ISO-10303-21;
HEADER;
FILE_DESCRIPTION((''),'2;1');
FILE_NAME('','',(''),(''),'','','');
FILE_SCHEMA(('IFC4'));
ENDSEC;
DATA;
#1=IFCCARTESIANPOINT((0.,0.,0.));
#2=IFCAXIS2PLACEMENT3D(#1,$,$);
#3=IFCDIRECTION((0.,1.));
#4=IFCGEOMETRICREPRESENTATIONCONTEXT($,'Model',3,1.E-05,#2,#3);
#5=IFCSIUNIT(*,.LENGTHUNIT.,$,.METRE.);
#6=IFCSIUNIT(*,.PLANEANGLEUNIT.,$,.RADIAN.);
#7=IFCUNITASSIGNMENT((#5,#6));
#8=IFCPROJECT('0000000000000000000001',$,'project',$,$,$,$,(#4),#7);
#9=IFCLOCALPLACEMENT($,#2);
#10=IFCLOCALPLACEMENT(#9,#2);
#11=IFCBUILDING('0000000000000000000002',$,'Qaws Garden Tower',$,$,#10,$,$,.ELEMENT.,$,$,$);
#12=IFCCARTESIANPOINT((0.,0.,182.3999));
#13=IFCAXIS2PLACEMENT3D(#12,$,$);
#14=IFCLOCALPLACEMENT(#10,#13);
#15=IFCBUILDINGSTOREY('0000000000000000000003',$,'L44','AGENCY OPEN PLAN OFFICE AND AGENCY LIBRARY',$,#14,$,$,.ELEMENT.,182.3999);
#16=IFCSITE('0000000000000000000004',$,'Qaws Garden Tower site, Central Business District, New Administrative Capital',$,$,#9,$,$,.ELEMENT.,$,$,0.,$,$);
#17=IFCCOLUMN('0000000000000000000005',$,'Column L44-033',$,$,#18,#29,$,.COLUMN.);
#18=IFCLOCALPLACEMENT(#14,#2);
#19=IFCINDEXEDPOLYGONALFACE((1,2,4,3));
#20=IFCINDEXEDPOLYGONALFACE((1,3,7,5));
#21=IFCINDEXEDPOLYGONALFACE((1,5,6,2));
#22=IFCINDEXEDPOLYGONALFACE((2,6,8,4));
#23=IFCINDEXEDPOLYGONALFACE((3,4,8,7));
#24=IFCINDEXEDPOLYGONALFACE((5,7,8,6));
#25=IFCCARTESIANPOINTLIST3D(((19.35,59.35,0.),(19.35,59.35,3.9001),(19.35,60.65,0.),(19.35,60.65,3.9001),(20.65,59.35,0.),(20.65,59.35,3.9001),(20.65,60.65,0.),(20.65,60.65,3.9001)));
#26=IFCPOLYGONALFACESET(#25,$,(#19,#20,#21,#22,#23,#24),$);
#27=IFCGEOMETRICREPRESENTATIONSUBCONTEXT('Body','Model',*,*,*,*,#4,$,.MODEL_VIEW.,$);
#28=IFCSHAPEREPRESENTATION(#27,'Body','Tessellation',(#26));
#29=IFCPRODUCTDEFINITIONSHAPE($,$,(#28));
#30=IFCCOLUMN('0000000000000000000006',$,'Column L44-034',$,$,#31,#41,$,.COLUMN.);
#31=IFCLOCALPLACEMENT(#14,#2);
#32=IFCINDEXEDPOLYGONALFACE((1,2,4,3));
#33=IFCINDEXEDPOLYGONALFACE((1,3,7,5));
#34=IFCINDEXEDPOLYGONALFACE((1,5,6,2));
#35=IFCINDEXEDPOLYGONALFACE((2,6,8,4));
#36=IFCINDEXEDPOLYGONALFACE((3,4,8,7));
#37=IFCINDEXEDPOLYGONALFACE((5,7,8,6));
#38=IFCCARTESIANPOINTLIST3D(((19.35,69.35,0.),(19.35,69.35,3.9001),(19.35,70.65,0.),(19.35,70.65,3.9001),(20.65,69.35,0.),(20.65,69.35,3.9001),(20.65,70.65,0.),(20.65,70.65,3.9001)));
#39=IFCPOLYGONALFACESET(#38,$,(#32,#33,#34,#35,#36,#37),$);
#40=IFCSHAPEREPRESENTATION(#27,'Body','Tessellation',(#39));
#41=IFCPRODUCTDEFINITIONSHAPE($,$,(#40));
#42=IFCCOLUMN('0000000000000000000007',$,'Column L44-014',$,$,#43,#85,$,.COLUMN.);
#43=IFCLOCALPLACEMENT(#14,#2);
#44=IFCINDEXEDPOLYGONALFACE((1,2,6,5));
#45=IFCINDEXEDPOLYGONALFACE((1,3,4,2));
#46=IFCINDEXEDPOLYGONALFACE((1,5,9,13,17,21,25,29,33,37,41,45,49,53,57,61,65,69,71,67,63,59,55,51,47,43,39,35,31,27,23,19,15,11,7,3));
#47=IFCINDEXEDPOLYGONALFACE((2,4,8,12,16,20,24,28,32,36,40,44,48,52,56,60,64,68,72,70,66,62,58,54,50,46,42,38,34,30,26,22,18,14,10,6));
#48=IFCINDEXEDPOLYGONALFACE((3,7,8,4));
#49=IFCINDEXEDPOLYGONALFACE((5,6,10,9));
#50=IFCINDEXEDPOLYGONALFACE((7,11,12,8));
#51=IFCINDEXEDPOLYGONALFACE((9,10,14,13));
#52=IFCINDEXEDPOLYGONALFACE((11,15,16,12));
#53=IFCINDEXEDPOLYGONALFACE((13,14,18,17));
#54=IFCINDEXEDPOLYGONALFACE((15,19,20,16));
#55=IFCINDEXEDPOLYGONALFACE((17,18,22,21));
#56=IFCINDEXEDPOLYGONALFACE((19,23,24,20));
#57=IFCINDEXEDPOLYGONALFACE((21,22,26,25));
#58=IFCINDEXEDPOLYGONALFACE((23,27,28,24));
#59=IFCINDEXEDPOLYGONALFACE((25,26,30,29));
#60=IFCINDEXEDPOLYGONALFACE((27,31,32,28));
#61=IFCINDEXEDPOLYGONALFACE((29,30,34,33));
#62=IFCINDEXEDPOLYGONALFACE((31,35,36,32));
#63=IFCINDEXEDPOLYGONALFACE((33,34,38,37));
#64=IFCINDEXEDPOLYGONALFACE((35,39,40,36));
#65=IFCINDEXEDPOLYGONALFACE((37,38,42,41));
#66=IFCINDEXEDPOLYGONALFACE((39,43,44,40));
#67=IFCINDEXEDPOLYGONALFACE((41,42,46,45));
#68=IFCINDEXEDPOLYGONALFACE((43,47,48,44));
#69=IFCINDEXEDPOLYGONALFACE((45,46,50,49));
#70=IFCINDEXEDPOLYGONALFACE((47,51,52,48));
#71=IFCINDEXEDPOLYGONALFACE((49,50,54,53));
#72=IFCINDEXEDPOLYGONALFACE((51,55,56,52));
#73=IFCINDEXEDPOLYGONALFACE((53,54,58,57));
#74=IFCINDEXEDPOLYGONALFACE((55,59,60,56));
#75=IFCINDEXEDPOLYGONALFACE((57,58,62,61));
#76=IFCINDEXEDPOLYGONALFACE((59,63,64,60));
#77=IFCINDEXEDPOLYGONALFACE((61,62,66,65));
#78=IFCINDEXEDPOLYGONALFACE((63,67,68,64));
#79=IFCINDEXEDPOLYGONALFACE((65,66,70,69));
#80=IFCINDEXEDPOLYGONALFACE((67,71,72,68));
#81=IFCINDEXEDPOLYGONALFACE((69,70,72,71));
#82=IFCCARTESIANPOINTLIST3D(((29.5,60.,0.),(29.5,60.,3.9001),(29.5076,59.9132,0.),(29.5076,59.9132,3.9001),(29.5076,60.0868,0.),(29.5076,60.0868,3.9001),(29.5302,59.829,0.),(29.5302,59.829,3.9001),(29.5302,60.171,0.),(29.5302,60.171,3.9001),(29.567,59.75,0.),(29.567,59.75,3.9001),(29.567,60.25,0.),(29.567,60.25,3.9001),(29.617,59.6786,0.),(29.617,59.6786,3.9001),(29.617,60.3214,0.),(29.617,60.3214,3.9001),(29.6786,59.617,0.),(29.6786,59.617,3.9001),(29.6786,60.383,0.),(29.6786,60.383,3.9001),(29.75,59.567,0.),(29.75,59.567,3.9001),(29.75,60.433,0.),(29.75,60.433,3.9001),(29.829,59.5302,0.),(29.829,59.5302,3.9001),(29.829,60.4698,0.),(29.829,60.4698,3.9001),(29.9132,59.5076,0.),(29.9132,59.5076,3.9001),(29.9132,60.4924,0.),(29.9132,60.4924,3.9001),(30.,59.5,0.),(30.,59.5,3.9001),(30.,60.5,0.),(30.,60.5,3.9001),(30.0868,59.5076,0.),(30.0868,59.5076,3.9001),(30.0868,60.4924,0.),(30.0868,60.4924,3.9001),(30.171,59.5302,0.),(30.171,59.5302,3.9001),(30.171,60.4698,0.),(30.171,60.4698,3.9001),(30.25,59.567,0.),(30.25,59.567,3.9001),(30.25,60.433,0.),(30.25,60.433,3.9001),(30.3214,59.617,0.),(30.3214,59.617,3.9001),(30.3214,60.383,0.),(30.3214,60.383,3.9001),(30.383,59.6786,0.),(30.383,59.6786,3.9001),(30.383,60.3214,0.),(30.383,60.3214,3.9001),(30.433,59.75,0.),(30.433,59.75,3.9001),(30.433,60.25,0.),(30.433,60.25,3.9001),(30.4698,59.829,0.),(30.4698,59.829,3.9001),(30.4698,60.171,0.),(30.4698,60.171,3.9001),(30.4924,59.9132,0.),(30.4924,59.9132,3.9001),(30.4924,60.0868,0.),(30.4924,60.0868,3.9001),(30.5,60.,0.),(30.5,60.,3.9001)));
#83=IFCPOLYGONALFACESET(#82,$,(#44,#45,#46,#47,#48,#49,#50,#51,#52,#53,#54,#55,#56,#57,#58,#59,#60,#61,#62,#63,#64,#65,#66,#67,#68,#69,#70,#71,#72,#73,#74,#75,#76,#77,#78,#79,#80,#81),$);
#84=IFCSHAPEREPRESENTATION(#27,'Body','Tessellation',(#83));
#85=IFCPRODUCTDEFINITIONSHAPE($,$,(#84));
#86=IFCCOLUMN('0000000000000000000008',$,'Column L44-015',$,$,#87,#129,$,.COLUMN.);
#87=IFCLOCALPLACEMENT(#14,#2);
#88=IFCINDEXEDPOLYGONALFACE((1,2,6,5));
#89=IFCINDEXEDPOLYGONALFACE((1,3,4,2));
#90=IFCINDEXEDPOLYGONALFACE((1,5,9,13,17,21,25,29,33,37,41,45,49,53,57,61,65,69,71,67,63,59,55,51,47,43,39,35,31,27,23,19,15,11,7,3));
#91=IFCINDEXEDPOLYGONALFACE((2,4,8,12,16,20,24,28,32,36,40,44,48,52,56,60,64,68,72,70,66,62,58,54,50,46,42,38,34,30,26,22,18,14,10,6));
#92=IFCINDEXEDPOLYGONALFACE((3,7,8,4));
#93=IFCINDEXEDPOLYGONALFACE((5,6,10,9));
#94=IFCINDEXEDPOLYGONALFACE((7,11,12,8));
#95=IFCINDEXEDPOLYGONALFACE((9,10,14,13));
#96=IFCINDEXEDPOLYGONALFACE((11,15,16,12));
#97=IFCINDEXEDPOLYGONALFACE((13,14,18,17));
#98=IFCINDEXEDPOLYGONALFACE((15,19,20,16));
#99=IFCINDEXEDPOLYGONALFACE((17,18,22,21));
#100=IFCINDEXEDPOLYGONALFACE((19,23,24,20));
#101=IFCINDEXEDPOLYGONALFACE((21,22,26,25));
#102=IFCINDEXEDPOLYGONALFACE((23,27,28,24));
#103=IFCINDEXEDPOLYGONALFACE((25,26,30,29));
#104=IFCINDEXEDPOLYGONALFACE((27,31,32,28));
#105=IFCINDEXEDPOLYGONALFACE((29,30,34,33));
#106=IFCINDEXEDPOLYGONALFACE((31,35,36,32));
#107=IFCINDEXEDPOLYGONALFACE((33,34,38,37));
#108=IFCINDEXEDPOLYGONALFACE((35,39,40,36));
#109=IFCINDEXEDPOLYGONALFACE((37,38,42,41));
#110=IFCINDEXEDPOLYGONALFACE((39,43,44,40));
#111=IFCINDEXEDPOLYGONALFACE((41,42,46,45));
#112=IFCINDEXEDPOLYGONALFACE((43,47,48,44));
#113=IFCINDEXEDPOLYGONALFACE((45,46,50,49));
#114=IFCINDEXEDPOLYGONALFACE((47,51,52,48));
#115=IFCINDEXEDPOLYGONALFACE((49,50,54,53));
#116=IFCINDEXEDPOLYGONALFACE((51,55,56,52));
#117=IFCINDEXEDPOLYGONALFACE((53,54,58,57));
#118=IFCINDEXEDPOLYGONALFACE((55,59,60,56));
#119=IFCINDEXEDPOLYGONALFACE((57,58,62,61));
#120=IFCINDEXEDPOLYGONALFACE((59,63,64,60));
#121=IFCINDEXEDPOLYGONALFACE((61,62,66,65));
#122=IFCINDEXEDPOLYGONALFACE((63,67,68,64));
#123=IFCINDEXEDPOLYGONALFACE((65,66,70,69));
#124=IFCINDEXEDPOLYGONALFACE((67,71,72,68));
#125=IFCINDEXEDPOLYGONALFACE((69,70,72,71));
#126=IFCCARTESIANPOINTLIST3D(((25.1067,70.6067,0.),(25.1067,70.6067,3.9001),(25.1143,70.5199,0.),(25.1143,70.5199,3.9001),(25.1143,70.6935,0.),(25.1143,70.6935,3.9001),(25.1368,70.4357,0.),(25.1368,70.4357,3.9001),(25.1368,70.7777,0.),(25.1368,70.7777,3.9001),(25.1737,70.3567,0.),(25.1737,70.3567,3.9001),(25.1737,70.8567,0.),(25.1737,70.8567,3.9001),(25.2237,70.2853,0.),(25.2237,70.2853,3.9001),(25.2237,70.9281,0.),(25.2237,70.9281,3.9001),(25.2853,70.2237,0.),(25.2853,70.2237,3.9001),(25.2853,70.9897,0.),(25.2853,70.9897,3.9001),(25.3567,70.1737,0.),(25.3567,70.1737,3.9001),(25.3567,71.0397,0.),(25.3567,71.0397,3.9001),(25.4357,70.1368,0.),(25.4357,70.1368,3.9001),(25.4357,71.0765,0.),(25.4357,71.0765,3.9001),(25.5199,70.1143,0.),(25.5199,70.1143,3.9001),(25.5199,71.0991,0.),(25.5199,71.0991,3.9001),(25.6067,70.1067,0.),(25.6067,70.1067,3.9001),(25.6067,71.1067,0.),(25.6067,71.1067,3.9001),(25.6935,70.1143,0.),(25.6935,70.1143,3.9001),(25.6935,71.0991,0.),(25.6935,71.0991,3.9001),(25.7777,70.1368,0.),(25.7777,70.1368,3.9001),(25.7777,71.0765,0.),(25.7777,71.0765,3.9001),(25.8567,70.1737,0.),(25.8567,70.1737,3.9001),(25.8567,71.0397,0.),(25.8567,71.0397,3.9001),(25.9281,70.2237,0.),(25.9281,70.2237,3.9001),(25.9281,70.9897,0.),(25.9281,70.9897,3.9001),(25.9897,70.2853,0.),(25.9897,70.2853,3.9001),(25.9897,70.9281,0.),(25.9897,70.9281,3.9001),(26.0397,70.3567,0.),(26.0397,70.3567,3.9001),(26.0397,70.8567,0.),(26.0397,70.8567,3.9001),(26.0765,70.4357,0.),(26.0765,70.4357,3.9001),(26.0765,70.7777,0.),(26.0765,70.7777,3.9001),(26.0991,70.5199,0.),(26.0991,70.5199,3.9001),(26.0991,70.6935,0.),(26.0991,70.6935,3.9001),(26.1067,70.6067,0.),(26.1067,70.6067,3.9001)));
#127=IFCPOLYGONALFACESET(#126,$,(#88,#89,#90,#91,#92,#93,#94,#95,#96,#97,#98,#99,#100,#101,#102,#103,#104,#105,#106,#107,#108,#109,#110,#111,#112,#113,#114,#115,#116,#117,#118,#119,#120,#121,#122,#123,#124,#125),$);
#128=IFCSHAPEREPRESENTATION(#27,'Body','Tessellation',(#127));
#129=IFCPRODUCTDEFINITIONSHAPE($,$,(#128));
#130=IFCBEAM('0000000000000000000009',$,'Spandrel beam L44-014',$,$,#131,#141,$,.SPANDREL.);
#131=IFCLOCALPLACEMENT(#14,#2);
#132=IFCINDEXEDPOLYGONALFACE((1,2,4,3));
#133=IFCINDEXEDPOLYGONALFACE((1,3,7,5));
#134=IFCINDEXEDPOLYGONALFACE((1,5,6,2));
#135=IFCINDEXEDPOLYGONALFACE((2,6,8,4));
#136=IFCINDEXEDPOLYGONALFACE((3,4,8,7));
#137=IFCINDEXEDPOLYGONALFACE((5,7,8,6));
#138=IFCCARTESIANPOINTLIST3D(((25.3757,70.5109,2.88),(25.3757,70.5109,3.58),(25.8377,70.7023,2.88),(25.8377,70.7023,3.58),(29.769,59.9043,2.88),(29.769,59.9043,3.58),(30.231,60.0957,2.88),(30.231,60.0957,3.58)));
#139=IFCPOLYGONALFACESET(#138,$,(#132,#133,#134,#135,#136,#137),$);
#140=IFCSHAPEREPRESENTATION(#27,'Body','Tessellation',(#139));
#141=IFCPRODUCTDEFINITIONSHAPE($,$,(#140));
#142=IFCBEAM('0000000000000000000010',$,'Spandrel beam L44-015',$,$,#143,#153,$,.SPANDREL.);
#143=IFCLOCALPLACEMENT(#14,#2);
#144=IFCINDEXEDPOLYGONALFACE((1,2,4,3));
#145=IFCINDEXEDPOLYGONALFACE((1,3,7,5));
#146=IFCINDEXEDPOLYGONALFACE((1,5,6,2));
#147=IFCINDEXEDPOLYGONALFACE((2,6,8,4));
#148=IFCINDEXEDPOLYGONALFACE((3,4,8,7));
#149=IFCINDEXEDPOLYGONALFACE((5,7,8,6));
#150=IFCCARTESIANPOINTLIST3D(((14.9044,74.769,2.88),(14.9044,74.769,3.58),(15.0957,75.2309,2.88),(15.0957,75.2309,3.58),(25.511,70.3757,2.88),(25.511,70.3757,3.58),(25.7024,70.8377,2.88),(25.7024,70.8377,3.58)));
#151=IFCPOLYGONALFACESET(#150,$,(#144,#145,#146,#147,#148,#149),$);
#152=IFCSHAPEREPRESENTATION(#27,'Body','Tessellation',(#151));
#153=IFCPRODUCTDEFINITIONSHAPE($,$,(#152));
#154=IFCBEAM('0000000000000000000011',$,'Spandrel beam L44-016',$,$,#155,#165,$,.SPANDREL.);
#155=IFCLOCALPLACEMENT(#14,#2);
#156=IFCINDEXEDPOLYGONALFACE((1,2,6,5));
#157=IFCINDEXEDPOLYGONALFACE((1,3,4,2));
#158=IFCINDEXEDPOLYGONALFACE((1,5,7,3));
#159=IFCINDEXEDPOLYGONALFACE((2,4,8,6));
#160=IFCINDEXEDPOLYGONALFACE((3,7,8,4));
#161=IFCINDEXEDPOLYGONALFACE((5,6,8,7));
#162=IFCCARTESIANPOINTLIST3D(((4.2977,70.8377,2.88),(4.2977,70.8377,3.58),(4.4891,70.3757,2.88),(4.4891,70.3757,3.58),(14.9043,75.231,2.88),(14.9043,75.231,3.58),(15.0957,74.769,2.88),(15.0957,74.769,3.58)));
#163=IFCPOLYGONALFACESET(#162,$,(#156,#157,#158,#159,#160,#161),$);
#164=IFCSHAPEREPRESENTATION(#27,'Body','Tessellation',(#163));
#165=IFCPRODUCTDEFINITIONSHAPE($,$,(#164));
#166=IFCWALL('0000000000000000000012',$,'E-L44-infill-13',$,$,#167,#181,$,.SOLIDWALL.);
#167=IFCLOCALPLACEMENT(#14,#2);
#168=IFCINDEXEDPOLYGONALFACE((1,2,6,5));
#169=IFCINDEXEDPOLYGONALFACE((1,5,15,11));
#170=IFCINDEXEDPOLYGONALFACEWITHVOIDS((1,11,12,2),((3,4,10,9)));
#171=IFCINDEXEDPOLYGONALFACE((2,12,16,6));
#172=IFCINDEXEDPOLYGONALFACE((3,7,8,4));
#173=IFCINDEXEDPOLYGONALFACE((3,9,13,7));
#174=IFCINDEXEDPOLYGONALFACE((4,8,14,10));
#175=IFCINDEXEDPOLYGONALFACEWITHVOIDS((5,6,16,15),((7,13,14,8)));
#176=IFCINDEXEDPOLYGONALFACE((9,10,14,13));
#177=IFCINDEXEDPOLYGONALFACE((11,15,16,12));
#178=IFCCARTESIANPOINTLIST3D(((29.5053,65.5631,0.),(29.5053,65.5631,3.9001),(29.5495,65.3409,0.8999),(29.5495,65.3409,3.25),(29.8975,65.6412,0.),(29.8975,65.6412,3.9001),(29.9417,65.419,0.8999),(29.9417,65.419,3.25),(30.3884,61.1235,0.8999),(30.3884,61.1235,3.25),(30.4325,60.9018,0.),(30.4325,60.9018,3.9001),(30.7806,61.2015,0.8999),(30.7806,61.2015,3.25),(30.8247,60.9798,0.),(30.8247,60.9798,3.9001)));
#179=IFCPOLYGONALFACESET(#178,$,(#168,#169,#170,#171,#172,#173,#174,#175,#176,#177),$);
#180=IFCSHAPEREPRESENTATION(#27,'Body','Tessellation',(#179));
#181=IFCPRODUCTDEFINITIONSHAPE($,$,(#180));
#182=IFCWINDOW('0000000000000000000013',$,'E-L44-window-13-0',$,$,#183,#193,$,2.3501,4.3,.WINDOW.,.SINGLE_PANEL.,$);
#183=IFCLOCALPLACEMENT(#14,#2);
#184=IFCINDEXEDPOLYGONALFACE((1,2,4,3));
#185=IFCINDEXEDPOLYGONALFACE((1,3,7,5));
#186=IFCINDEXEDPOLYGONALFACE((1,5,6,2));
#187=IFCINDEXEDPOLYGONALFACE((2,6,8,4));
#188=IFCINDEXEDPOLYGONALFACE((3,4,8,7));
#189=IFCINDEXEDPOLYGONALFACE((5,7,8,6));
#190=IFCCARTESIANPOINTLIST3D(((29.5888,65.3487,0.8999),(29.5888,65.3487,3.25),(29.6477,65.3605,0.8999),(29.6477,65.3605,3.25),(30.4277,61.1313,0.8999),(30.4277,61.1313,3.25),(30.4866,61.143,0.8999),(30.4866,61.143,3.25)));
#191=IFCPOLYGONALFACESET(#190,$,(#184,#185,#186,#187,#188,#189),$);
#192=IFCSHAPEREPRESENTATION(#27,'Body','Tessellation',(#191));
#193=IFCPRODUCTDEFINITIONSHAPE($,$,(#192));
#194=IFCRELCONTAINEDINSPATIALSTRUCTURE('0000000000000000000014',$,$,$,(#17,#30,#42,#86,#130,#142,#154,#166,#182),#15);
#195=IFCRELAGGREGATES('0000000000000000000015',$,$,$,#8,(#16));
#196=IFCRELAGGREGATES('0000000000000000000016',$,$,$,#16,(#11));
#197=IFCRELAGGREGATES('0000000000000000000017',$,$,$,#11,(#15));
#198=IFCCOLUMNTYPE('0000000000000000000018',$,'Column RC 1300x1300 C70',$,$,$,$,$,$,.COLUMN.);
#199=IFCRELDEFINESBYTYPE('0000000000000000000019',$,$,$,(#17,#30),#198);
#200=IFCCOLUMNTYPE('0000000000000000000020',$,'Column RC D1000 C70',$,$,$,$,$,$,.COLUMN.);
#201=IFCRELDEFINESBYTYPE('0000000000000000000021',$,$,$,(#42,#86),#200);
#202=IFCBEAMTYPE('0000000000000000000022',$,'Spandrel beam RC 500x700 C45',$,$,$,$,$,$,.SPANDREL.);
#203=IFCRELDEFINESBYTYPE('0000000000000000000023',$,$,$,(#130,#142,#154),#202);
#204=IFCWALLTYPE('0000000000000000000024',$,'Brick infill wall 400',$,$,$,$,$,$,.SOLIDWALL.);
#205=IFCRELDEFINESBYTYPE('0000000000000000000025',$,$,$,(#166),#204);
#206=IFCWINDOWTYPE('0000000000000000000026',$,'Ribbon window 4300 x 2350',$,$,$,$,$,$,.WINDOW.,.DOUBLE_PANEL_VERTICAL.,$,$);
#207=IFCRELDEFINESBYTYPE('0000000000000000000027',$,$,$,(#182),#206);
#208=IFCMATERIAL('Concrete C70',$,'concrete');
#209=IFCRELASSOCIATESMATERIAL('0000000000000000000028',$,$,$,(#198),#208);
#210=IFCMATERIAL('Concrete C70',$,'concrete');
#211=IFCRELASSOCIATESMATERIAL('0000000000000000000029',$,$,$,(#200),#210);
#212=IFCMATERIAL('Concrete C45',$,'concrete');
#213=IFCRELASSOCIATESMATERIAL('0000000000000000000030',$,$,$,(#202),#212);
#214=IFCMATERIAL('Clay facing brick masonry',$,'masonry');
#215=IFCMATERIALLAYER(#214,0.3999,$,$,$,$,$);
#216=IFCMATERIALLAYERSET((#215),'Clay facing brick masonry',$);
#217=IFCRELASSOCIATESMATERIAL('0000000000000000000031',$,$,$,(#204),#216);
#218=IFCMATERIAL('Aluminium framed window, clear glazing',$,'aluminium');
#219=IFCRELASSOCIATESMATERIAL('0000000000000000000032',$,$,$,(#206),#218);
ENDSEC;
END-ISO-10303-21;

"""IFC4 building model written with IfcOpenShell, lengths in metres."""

from ifc_helpers import new_model, si_unit, direction, frame, frame_2d, origin, origin_2d, place, context, subcontext, project, spatial, rectangle, circle, extrude, material, layer, layer_set, material_profile, profile_set, type_object, element, fill, save


model = new_model("IFC4")

# Units and contexts
model_context = context("Model", 3, precision=1e-05, world=origin(), true_north=direction((0.0, 1.0)))
body_context = subcontext(model_context, "Body", "Model", "MODEL_VIEW")
ifc_project = project(units=[si_unit("LENGTHUNIT", "METRE"), si_unit("PLANEANGLEUNIT", "RADIAN")], contexts=[model_context])

# Site, building, storey
site_placement = place(None, origin())
site = spatial("IfcSite", under=ifc_project, at=site_placement, Name="Qaws Garden Tower site, Central Business District, New Administrative Capital", CompositionType="ELEMENT", RefElevation=0.0)
building_placement = place(site_placement, origin())
building = spatial("IfcBuilding", under=site, at=building_placement, Name="Qaws Garden Tower", CompositionType="ELEMENT")
storey_placement = place(building_placement, frame((0.0, 0.0, 182.3999)))
storey = spatial("IfcBuildingStorey", under=building, at=storey_placement, Name="L44", Description="AGENCY OPEN PLAN OFFICE AND AGENCY LIBRARY", CompositionType="ELEMENT", Elevation=182.3999)

# Columns
ifc_material_1 = material(Name="Concrete C70", Category="concrete")
ifc_material_profile_1 = material_profile(ifc_material_1, rectangle(XDim=1.3, YDim=1.3, at=origin_2d()), Name="RC 1300x1300")
ifc_profile_set_1 = profile_set([ifc_material_profile_1], Name="Concrete C70")
column_type_1 = type_object("IfcColumnType", Name="Column RC 1300x1300 C70", PredefinedType="COLUMN", material=ifc_profile_set_1)
for number, where, z_axis, x_axis, name in (
    (1, (20.0, 60.0, 0.0), (0.0, 0.0, 1.0), (1.0, 0.0, 0.0), "Column L44-033"),
    (2, (20.0, 70.0, 0.0), (0.0, 0.0, 1.0), (1.0, 0.0, 0.0), "Column L44-034"),
):
    element("IfcColumn", number, at=place(storey_placement, frame(where, z_axis=z_axis, x_axis=x_axis)), inside=storey, type_object=column_type_1, Name=name, PredefinedType="COLUMN", context=body_context, shape_type="SweptSolid", body=[
        extrude(rectangle(XDim=1.3, YDim=1.3, at=origin_2d()), origin(), (0.0, 0.0, 1.0), 3.9001),
    ])
ifc_material_2 = material(Name="Concrete C70", Category="concrete")
ifc_material_profile_2 = material_profile(ifc_material_2, circle(Radius=0.5, at=origin_2d()), Name="RC D1000")
ifc_profile_set_2 = profile_set([ifc_material_profile_2], Name="Concrete C70")
column_type_2 = type_object("IfcColumnType", Name="Column RC D1000 C70", PredefinedType="COLUMN", material=ifc_profile_set_2)
for number, where, z_axis, x_axis, name in (
    (3, (30.0, 60.0, 0.0), (0.0, 0.0, 1.0), (1.0, 0.0, 0.0), "Column L44-014"),
    (4, (25.6067, 70.6067, 0.0), (0.0, 0.0, 1.0), (1.0, 0.0, 0.0), "Column L44-015"),
):
    element("IfcColumn", number, at=place(storey_placement, frame(where, z_axis=z_axis, x_axis=x_axis)), inside=storey, type_object=column_type_2, Name=name, PredefinedType="COLUMN", context=body_context, shape_type="SweptSolid", body=[
        extrude(circle(Radius=0.5, at=origin_2d()), origin(), (0.0, 0.0, 1.0), 3.9001),
    ])

# Beams
ifc_material_3 = material(Name="Concrete C45", Category="concrete")
ifc_material_profile_3 = material_profile(ifc_material_3, rectangle(XDim=0.5, YDim=0.7, at=origin_2d()), Name="RC 500x700")
ifc_profile_set_3 = profile_set([ifc_material_profile_3], Name="Concrete C45")
beam_type = type_object("IfcBeamType", Name="Spandrel beam RC 500x700 C45", PredefinedType="SPANDREL", material=ifc_profile_set_3)
for number, where, z_axis, x_axis, name in (
    (5, (30.0, 60.0, 3.23), (-0.382674, 0.923883, 0.0), (-0.923883, -0.382674, 0.0), "Spandrel beam L44-014"),
    (6, (25.6067, 70.6067, 3.23), (-0.923883, 0.382674, 0.0), (-0.382674, -0.923883, 0.0), "Spandrel beam L44-015"),
    (7, (15.0, 75.0, 3.23), (-0.923883, -0.382674, 0.0), (0.382674, -0.923883, 0.0), "Spandrel beam L44-016"),
):
    element("IfcBeam", number, at=place(storey_placement, frame(where, z_axis=z_axis, x_axis=x_axis)), inside=storey, type_object=beam_type, Name=name, PredefinedType="SPANDREL", context=body_context, shape_type="SweptSolid", body=[
        extrude(rectangle(XDim=0.5, YDim=0.7, at=origin_2d()), origin(), (0.0, 0.0, 1.0), 11.4805),
    ])

# Wall, opening, window
ifc_material_4 = material(Name="Clay facing brick masonry", Category="masonry")
ifc_layer_1 = layer(ifc_material_4, 0.3999)
ifc_layer_set_1 = layer_set([ifc_layer_1], Name="Clay facing brick masonry")
wall_type_1 = type_object("IfcWallType", Name="Brick infill wall 400", PredefinedType="SOLIDWALL", material=ifc_layer_set_1)
wall_1_placement = place(storey_placement, frame((30.6287, 60.9407, 0.0), z_axis=(0.0, 0.0, 1.0), x_axis=(-0.195099, 0.980784, 0.0)))
wall_1 = element("IfcWall", 8, at=wall_1_placement, inside=storey, type_object=wall_type_1, Name="E-L44-infill-13", PredefinedType="SOLIDWALL", context=body_context, shape_type="SweptSolid", body=[
    extrude(rectangle(XDim=4.7527, YDim=0.3999, at=frame_2d((2.3765, 0.0))), origin(), (0.0, 0.0, 1.0), 3.9001),
])
opening_1_placement = place(wall_1_placement, frame((0.2263, 0.0, 0.8999)))
opening_1 = element("IfcOpeningElement", 9, at=opening_1_placement, cuts=wall_1, PredefinedType="OPENING", context=body_context, shape_type="SweptSolid", body=[
    extrude(rectangle(XDim=4.3, YDim=2.3501, at=frame_2d((2.1499, 1.175))), frame((0.0, 0.21, 0.0), z_axis=(0.0, -1.0, 0.0), x_axis=(1.0, 0.0, 0.0)), (0.0, 0.0, 1.0), 0.4199),
])
ifc_material_5 = material(Name="Aluminium framed window, clear glazing", Category="aluminium")
window_type = type_object("IfcWindowType", Name="Ribbon window 4300 x 2350", PartitioningType="DOUBLE_PANEL_VERTICAL", PredefinedType="WINDOW", material=ifc_material_5)
window_1_placement = place(opening_1_placement, origin())
window_1 = element("IfcWindow", 10, at=window_1_placement, inside=storey, type_object=window_type, Name="E-L44-window-13-0", OverallHeight=2.3501, OverallWidth=4.3, PartitioningType="SINGLE_PANEL", PredefinedType="WINDOW", context=body_context, shape_type="SweptSolid", body=[
    extrude(rectangle(XDim=4.3, YDim=2.3501, at=frame_2d((2.1499, 1.175))), frame((0.0, 0.1599, 0.0), z_axis=(0.0, -1.0, 0.0), x_axis=(1.0, 0.0, 0.0)), (0.0, 0.0, 1.0), 0.0601),
])
fill(opening_1, window_1)

save(model, "model.ifc")
